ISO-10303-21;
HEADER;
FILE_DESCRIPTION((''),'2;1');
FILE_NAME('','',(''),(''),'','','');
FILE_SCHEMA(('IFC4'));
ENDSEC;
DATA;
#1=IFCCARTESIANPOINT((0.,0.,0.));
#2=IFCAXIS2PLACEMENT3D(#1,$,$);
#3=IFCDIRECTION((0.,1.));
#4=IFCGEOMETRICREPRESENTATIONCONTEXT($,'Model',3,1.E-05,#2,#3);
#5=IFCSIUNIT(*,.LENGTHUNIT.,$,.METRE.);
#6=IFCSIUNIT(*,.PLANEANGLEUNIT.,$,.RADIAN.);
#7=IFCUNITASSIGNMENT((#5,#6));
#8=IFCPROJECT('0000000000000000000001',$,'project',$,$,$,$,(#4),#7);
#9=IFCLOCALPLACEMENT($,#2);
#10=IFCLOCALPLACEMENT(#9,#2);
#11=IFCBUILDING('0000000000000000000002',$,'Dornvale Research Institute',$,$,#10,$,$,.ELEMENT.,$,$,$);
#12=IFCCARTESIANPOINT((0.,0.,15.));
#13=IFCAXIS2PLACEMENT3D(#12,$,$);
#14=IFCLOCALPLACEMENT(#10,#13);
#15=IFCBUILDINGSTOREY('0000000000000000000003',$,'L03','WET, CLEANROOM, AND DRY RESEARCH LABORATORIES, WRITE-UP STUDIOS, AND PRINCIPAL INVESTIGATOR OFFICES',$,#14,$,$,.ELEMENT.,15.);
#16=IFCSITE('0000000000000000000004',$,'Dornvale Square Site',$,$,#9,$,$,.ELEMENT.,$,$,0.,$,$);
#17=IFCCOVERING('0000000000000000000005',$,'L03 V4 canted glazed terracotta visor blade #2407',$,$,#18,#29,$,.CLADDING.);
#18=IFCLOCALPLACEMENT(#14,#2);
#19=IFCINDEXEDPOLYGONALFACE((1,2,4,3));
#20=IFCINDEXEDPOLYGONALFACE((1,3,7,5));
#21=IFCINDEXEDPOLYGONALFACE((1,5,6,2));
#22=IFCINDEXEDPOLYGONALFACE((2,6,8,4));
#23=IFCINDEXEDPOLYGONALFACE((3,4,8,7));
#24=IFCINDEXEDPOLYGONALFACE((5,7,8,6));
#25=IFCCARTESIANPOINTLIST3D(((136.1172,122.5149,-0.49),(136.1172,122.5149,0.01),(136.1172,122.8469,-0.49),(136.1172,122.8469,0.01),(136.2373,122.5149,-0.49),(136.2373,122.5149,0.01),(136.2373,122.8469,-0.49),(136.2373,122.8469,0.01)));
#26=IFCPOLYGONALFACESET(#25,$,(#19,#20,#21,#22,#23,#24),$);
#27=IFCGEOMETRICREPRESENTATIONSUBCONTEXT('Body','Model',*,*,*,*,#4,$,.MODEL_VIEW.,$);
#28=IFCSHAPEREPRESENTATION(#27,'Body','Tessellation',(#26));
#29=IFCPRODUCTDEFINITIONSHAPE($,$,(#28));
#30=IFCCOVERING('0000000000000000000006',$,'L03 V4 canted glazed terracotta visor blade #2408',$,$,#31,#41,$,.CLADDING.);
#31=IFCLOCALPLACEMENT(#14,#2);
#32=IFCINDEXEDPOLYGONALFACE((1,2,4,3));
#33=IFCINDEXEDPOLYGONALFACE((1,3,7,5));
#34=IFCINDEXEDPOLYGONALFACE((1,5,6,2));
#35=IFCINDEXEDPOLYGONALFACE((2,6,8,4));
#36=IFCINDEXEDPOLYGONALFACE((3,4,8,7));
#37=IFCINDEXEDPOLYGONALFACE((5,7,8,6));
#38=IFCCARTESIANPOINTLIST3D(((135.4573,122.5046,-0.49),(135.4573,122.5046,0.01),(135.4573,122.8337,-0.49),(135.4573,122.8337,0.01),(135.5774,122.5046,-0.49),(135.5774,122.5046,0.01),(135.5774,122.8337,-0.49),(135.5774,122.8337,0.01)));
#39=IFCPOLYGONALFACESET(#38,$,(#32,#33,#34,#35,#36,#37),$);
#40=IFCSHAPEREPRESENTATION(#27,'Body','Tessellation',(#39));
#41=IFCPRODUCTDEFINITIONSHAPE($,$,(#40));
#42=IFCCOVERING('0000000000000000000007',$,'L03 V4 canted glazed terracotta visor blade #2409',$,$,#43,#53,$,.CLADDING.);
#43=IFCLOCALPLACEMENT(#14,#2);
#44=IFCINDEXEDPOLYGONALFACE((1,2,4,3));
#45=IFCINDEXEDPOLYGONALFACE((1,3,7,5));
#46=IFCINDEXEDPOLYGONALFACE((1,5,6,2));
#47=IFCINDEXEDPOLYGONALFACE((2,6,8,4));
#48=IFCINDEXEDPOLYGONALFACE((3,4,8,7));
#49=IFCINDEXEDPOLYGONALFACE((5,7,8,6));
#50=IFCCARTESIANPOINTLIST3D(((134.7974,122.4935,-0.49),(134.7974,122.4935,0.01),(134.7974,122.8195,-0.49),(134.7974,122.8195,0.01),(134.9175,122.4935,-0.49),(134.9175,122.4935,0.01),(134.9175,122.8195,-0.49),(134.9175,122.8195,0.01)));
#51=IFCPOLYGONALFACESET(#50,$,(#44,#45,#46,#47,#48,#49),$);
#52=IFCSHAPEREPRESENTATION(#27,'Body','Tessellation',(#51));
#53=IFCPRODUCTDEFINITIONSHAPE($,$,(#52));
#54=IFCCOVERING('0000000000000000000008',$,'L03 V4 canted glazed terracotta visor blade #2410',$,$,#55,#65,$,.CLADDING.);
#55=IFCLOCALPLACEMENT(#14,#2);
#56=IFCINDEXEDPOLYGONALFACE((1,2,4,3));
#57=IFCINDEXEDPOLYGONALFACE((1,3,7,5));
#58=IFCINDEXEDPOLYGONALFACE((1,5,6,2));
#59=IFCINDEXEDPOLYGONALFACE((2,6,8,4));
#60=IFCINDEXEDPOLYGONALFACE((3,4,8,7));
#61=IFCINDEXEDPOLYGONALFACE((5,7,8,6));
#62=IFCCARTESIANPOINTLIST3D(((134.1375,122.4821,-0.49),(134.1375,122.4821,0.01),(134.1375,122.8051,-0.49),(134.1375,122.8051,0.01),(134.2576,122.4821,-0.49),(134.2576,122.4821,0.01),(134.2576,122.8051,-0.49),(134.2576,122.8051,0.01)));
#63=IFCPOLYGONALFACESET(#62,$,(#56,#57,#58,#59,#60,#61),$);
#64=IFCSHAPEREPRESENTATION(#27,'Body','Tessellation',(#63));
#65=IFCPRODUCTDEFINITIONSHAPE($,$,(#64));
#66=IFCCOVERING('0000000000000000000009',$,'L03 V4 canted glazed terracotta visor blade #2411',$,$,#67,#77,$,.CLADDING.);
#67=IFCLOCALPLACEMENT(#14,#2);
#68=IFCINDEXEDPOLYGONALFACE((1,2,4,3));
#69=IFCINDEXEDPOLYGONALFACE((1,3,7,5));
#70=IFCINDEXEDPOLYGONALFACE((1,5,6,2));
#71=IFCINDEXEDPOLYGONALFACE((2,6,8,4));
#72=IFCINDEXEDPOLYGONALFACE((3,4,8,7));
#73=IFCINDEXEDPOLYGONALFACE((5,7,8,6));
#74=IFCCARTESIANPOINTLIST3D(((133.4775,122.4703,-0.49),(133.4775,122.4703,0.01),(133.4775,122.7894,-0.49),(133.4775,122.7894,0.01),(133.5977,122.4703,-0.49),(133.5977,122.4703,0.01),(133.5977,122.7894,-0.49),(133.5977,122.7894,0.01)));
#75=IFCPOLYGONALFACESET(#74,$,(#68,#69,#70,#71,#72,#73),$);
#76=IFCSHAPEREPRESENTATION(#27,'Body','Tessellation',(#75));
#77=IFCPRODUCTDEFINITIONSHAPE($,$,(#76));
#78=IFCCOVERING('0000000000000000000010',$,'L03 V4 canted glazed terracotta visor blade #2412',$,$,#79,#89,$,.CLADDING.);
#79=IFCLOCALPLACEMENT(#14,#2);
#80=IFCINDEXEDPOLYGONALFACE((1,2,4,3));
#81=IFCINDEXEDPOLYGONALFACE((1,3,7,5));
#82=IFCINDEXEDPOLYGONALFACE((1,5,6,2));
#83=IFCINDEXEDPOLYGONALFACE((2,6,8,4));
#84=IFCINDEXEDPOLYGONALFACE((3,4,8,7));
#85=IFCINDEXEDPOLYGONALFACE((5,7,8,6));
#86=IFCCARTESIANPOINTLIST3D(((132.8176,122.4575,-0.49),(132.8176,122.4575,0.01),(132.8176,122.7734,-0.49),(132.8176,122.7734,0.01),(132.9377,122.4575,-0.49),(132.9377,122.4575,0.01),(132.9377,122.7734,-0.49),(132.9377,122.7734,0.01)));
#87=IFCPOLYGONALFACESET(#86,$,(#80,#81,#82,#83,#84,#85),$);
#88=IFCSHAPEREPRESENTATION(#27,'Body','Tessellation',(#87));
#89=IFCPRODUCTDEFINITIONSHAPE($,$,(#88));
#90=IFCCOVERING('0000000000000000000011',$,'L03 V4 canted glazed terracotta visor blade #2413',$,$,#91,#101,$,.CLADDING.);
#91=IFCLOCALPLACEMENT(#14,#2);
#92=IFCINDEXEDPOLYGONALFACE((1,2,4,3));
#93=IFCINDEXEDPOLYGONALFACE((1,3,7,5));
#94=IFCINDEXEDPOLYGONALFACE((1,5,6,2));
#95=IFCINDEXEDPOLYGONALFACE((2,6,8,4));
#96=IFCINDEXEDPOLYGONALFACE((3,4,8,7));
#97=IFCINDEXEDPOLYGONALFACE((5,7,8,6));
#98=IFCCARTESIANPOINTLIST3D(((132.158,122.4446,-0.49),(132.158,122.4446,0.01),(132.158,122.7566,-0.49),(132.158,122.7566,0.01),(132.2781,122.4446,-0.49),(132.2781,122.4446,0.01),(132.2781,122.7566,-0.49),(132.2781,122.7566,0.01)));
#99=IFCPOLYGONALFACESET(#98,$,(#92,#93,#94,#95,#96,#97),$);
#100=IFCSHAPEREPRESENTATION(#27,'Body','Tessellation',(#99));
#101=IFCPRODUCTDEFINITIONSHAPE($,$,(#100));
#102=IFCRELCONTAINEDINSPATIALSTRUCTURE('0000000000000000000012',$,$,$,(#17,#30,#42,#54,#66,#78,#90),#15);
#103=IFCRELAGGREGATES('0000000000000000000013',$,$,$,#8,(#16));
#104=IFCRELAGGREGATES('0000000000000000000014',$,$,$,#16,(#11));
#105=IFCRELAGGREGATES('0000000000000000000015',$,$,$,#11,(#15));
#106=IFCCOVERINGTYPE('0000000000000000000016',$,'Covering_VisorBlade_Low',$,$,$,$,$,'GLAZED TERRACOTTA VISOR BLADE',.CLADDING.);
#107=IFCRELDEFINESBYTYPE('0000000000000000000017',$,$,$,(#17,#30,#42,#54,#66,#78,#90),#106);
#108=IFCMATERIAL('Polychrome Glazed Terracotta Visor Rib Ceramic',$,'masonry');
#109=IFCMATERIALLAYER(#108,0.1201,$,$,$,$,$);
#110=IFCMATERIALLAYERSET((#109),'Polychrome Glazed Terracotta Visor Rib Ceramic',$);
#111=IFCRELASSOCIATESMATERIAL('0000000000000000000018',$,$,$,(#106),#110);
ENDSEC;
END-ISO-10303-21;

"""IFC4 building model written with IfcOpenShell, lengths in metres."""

from ifc_helpers import new_model, si_unit, direction, frame, origin, origin_2d, place, context, subcontext, project, spatial, rectangle, extrude, material, layer, layer_set, type_object, element, save


model = new_model("IFC4")

# Units and contexts
model_context = context("Model", 3, precision=1e-05, world=origin(), true_north=direction((0.0, 1.0)))
body_context = subcontext(model_context, "Body", "Model", "MODEL_VIEW")
ifc_project = project(units=[si_unit("LENGTHUNIT", "METRE"), si_unit("PLANEANGLEUNIT", "RADIAN")], contexts=[model_context])

# Site, building, storey
site_placement = place(None, origin())
site = spatial("IfcSite", under=ifc_project, at=site_placement, Name="Dornvale Square Site", CompositionType="ELEMENT", RefElevation=0.0)
building_placement = place(site_placement, origin())
building = spatial("IfcBuilding", under=site, at=building_placement, Name="Dornvale Research Institute", CompositionType="ELEMENT")
storey_placement = place(building_placement, frame((0.0, 0.0, 15.0)))
storey = spatial("IfcBuildingStorey", under=building, at=storey_placement, Name="L03", Description="WET, CLEANROOM, AND DRY RESEARCH LABORATORIES, WRITE-UP STUDIOS, AND PRINCIPAL INVESTIGATOR OFFICES", CompositionType="ELEMENT", Elevation=15.0)

# Coverings
ifc_material_1 = material(Name="Polychrome Glazed Terracotta Visor Rib Ceramic", Category="masonry")
ifc_layer_1 = layer(ifc_material_1, 0.1201)
ifc_layer_set_1 = layer_set([ifc_layer_1], Name="Polychrome Glazed Terracotta Visor Rib Ceramic")
covering_type = type_object("IfcCoveringType", Name="Covering_VisorBlade_Low", ElementType="GLAZED TERRACOTTA VISOR BLADE", PredefinedType="CLADDING", material=ifc_layer_set_1)
covering_1_placement = place(storey_placement, frame((136.1772, 122.6809, -0.49), z_axis=(0.0, 0.0, 1.0), x_axis=(0.0, 1.0, 0.0)))
element("IfcCovering", 1, at=covering_1_placement, inside=storey, type_object=covering_type, Name="L03 V4 canted glazed terracotta visor blade #2407", PredefinedType="CLADDING", context=body_context, shape_type="SweptSolid", body=[
    extrude(rectangle(XDim=0.332, YDim=0.1201, at=origin_2d()), origin(), (0.0, 0.0, 1.0), 0.5),
])
covering_2_placement = place(storey_placement, frame((135.5173, 122.6692, -0.49), z_axis=(0.0, 0.0, 1.0), x_axis=(0.0, 1.0, 0.0)))
element("IfcCovering", 2, at=covering_2_placement, inside=storey, type_object=covering_type, Name="L03 V4 canted glazed terracotta visor blade #2408", PredefinedType="CLADDING", context=body_context, shape_type="SweptSolid", body=[
    extrude(rectangle(XDim=0.3291, YDim=0.1201, at=origin_2d()), origin(), (0.0, 0.0, 1.0), 0.5),
])
covering_3_placement = place(storey_placement, frame((134.8574, 122.6565, -0.49), z_axis=(0.0, 0.0, 1.0), x_axis=(0.0, 1.0, 0.0)))
element("IfcCovering", 3, at=covering_3_placement, inside=storey, type_object=covering_type, Name="L03 V4 canted glazed terracotta visor blade #2409", PredefinedType="CLADDING", context=body_context, shape_type="SweptSolid", body=[
    extrude(rectangle(XDim=0.3259, YDim=0.1201, at=origin_2d()), origin(), (0.0, 0.0, 1.0), 0.5),
])
covering_4_placement = place(storey_placement, frame((134.1975, 122.6436, -0.49), z_axis=(0.0, 0.0, 1.0), x_axis=(0.0, 1.0, 0.0)))
element("IfcCovering", 4, at=covering_4_placement, inside=storey, type_object=covering_type, Name="L03 V4 canted glazed terracotta visor blade #2410", PredefinedType="CLADDING", context=body_context, shape_type="SweptSolid", body=[
    extrude(rectangle(XDim=0.323, YDim=0.1201, at=origin_2d()), origin(), (0.0, 0.0, 1.0), 0.5),
])
covering_5_placement = place(storey_placement, frame((133.5376, 122.6299, -0.49), z_axis=(0.0, 0.0, 1.0), x_axis=(0.0, 1.0, 0.0)))
element("IfcCovering", 5, at=covering_5_placement, inside=storey, type_object=covering_type, Name="L03 V4 canted glazed terracotta visor blade #2411", PredefinedType="CLADDING", context=body_context, shape_type="SweptSolid", body=[
    extrude(rectangle(XDim=0.3191, YDim=0.1201, at=origin_2d()), origin(), (0.0, 0.0, 1.0), 0.5),
])
covering_6_placement = place(storey_placement, frame((132.8777, 122.6155, -0.49), z_axis=(0.0, 0.0, 1.0), x_axis=(0.0, 1.0, 0.0)))
element("IfcCovering", 6, at=covering_6_placement, inside=storey, type_object=covering_type, Name="L03 V4 canted glazed terracotta visor blade #2412", PredefinedType="CLADDING", context=body_context, shape_type="SweptSolid", body=[
    extrude(rectangle(XDim=0.3159, YDim=0.1201, at=origin_2d()), origin(), (0.0, 0.0, 1.0), 0.5),
])
covering_7_placement = place(storey_placement, frame((132.218, 122.6006, -0.49), z_axis=(0.0, 0.0, 1.0), x_axis=(0.0, 1.0, 0.0)))
element("IfcCovering", 7, at=covering_7_placement, inside=storey, type_object=covering_type, Name="L03 V4 canted glazed terracotta visor blade #2413", PredefinedType="CLADDING", context=body_context, shape_type="SweptSolid", body=[
    extrude(rectangle(XDim=0.312, YDim=0.1201, at=origin_2d()), origin(), (0.0, 0.0, 1.0), 0.5),
])

save(model, "model.ifc")
